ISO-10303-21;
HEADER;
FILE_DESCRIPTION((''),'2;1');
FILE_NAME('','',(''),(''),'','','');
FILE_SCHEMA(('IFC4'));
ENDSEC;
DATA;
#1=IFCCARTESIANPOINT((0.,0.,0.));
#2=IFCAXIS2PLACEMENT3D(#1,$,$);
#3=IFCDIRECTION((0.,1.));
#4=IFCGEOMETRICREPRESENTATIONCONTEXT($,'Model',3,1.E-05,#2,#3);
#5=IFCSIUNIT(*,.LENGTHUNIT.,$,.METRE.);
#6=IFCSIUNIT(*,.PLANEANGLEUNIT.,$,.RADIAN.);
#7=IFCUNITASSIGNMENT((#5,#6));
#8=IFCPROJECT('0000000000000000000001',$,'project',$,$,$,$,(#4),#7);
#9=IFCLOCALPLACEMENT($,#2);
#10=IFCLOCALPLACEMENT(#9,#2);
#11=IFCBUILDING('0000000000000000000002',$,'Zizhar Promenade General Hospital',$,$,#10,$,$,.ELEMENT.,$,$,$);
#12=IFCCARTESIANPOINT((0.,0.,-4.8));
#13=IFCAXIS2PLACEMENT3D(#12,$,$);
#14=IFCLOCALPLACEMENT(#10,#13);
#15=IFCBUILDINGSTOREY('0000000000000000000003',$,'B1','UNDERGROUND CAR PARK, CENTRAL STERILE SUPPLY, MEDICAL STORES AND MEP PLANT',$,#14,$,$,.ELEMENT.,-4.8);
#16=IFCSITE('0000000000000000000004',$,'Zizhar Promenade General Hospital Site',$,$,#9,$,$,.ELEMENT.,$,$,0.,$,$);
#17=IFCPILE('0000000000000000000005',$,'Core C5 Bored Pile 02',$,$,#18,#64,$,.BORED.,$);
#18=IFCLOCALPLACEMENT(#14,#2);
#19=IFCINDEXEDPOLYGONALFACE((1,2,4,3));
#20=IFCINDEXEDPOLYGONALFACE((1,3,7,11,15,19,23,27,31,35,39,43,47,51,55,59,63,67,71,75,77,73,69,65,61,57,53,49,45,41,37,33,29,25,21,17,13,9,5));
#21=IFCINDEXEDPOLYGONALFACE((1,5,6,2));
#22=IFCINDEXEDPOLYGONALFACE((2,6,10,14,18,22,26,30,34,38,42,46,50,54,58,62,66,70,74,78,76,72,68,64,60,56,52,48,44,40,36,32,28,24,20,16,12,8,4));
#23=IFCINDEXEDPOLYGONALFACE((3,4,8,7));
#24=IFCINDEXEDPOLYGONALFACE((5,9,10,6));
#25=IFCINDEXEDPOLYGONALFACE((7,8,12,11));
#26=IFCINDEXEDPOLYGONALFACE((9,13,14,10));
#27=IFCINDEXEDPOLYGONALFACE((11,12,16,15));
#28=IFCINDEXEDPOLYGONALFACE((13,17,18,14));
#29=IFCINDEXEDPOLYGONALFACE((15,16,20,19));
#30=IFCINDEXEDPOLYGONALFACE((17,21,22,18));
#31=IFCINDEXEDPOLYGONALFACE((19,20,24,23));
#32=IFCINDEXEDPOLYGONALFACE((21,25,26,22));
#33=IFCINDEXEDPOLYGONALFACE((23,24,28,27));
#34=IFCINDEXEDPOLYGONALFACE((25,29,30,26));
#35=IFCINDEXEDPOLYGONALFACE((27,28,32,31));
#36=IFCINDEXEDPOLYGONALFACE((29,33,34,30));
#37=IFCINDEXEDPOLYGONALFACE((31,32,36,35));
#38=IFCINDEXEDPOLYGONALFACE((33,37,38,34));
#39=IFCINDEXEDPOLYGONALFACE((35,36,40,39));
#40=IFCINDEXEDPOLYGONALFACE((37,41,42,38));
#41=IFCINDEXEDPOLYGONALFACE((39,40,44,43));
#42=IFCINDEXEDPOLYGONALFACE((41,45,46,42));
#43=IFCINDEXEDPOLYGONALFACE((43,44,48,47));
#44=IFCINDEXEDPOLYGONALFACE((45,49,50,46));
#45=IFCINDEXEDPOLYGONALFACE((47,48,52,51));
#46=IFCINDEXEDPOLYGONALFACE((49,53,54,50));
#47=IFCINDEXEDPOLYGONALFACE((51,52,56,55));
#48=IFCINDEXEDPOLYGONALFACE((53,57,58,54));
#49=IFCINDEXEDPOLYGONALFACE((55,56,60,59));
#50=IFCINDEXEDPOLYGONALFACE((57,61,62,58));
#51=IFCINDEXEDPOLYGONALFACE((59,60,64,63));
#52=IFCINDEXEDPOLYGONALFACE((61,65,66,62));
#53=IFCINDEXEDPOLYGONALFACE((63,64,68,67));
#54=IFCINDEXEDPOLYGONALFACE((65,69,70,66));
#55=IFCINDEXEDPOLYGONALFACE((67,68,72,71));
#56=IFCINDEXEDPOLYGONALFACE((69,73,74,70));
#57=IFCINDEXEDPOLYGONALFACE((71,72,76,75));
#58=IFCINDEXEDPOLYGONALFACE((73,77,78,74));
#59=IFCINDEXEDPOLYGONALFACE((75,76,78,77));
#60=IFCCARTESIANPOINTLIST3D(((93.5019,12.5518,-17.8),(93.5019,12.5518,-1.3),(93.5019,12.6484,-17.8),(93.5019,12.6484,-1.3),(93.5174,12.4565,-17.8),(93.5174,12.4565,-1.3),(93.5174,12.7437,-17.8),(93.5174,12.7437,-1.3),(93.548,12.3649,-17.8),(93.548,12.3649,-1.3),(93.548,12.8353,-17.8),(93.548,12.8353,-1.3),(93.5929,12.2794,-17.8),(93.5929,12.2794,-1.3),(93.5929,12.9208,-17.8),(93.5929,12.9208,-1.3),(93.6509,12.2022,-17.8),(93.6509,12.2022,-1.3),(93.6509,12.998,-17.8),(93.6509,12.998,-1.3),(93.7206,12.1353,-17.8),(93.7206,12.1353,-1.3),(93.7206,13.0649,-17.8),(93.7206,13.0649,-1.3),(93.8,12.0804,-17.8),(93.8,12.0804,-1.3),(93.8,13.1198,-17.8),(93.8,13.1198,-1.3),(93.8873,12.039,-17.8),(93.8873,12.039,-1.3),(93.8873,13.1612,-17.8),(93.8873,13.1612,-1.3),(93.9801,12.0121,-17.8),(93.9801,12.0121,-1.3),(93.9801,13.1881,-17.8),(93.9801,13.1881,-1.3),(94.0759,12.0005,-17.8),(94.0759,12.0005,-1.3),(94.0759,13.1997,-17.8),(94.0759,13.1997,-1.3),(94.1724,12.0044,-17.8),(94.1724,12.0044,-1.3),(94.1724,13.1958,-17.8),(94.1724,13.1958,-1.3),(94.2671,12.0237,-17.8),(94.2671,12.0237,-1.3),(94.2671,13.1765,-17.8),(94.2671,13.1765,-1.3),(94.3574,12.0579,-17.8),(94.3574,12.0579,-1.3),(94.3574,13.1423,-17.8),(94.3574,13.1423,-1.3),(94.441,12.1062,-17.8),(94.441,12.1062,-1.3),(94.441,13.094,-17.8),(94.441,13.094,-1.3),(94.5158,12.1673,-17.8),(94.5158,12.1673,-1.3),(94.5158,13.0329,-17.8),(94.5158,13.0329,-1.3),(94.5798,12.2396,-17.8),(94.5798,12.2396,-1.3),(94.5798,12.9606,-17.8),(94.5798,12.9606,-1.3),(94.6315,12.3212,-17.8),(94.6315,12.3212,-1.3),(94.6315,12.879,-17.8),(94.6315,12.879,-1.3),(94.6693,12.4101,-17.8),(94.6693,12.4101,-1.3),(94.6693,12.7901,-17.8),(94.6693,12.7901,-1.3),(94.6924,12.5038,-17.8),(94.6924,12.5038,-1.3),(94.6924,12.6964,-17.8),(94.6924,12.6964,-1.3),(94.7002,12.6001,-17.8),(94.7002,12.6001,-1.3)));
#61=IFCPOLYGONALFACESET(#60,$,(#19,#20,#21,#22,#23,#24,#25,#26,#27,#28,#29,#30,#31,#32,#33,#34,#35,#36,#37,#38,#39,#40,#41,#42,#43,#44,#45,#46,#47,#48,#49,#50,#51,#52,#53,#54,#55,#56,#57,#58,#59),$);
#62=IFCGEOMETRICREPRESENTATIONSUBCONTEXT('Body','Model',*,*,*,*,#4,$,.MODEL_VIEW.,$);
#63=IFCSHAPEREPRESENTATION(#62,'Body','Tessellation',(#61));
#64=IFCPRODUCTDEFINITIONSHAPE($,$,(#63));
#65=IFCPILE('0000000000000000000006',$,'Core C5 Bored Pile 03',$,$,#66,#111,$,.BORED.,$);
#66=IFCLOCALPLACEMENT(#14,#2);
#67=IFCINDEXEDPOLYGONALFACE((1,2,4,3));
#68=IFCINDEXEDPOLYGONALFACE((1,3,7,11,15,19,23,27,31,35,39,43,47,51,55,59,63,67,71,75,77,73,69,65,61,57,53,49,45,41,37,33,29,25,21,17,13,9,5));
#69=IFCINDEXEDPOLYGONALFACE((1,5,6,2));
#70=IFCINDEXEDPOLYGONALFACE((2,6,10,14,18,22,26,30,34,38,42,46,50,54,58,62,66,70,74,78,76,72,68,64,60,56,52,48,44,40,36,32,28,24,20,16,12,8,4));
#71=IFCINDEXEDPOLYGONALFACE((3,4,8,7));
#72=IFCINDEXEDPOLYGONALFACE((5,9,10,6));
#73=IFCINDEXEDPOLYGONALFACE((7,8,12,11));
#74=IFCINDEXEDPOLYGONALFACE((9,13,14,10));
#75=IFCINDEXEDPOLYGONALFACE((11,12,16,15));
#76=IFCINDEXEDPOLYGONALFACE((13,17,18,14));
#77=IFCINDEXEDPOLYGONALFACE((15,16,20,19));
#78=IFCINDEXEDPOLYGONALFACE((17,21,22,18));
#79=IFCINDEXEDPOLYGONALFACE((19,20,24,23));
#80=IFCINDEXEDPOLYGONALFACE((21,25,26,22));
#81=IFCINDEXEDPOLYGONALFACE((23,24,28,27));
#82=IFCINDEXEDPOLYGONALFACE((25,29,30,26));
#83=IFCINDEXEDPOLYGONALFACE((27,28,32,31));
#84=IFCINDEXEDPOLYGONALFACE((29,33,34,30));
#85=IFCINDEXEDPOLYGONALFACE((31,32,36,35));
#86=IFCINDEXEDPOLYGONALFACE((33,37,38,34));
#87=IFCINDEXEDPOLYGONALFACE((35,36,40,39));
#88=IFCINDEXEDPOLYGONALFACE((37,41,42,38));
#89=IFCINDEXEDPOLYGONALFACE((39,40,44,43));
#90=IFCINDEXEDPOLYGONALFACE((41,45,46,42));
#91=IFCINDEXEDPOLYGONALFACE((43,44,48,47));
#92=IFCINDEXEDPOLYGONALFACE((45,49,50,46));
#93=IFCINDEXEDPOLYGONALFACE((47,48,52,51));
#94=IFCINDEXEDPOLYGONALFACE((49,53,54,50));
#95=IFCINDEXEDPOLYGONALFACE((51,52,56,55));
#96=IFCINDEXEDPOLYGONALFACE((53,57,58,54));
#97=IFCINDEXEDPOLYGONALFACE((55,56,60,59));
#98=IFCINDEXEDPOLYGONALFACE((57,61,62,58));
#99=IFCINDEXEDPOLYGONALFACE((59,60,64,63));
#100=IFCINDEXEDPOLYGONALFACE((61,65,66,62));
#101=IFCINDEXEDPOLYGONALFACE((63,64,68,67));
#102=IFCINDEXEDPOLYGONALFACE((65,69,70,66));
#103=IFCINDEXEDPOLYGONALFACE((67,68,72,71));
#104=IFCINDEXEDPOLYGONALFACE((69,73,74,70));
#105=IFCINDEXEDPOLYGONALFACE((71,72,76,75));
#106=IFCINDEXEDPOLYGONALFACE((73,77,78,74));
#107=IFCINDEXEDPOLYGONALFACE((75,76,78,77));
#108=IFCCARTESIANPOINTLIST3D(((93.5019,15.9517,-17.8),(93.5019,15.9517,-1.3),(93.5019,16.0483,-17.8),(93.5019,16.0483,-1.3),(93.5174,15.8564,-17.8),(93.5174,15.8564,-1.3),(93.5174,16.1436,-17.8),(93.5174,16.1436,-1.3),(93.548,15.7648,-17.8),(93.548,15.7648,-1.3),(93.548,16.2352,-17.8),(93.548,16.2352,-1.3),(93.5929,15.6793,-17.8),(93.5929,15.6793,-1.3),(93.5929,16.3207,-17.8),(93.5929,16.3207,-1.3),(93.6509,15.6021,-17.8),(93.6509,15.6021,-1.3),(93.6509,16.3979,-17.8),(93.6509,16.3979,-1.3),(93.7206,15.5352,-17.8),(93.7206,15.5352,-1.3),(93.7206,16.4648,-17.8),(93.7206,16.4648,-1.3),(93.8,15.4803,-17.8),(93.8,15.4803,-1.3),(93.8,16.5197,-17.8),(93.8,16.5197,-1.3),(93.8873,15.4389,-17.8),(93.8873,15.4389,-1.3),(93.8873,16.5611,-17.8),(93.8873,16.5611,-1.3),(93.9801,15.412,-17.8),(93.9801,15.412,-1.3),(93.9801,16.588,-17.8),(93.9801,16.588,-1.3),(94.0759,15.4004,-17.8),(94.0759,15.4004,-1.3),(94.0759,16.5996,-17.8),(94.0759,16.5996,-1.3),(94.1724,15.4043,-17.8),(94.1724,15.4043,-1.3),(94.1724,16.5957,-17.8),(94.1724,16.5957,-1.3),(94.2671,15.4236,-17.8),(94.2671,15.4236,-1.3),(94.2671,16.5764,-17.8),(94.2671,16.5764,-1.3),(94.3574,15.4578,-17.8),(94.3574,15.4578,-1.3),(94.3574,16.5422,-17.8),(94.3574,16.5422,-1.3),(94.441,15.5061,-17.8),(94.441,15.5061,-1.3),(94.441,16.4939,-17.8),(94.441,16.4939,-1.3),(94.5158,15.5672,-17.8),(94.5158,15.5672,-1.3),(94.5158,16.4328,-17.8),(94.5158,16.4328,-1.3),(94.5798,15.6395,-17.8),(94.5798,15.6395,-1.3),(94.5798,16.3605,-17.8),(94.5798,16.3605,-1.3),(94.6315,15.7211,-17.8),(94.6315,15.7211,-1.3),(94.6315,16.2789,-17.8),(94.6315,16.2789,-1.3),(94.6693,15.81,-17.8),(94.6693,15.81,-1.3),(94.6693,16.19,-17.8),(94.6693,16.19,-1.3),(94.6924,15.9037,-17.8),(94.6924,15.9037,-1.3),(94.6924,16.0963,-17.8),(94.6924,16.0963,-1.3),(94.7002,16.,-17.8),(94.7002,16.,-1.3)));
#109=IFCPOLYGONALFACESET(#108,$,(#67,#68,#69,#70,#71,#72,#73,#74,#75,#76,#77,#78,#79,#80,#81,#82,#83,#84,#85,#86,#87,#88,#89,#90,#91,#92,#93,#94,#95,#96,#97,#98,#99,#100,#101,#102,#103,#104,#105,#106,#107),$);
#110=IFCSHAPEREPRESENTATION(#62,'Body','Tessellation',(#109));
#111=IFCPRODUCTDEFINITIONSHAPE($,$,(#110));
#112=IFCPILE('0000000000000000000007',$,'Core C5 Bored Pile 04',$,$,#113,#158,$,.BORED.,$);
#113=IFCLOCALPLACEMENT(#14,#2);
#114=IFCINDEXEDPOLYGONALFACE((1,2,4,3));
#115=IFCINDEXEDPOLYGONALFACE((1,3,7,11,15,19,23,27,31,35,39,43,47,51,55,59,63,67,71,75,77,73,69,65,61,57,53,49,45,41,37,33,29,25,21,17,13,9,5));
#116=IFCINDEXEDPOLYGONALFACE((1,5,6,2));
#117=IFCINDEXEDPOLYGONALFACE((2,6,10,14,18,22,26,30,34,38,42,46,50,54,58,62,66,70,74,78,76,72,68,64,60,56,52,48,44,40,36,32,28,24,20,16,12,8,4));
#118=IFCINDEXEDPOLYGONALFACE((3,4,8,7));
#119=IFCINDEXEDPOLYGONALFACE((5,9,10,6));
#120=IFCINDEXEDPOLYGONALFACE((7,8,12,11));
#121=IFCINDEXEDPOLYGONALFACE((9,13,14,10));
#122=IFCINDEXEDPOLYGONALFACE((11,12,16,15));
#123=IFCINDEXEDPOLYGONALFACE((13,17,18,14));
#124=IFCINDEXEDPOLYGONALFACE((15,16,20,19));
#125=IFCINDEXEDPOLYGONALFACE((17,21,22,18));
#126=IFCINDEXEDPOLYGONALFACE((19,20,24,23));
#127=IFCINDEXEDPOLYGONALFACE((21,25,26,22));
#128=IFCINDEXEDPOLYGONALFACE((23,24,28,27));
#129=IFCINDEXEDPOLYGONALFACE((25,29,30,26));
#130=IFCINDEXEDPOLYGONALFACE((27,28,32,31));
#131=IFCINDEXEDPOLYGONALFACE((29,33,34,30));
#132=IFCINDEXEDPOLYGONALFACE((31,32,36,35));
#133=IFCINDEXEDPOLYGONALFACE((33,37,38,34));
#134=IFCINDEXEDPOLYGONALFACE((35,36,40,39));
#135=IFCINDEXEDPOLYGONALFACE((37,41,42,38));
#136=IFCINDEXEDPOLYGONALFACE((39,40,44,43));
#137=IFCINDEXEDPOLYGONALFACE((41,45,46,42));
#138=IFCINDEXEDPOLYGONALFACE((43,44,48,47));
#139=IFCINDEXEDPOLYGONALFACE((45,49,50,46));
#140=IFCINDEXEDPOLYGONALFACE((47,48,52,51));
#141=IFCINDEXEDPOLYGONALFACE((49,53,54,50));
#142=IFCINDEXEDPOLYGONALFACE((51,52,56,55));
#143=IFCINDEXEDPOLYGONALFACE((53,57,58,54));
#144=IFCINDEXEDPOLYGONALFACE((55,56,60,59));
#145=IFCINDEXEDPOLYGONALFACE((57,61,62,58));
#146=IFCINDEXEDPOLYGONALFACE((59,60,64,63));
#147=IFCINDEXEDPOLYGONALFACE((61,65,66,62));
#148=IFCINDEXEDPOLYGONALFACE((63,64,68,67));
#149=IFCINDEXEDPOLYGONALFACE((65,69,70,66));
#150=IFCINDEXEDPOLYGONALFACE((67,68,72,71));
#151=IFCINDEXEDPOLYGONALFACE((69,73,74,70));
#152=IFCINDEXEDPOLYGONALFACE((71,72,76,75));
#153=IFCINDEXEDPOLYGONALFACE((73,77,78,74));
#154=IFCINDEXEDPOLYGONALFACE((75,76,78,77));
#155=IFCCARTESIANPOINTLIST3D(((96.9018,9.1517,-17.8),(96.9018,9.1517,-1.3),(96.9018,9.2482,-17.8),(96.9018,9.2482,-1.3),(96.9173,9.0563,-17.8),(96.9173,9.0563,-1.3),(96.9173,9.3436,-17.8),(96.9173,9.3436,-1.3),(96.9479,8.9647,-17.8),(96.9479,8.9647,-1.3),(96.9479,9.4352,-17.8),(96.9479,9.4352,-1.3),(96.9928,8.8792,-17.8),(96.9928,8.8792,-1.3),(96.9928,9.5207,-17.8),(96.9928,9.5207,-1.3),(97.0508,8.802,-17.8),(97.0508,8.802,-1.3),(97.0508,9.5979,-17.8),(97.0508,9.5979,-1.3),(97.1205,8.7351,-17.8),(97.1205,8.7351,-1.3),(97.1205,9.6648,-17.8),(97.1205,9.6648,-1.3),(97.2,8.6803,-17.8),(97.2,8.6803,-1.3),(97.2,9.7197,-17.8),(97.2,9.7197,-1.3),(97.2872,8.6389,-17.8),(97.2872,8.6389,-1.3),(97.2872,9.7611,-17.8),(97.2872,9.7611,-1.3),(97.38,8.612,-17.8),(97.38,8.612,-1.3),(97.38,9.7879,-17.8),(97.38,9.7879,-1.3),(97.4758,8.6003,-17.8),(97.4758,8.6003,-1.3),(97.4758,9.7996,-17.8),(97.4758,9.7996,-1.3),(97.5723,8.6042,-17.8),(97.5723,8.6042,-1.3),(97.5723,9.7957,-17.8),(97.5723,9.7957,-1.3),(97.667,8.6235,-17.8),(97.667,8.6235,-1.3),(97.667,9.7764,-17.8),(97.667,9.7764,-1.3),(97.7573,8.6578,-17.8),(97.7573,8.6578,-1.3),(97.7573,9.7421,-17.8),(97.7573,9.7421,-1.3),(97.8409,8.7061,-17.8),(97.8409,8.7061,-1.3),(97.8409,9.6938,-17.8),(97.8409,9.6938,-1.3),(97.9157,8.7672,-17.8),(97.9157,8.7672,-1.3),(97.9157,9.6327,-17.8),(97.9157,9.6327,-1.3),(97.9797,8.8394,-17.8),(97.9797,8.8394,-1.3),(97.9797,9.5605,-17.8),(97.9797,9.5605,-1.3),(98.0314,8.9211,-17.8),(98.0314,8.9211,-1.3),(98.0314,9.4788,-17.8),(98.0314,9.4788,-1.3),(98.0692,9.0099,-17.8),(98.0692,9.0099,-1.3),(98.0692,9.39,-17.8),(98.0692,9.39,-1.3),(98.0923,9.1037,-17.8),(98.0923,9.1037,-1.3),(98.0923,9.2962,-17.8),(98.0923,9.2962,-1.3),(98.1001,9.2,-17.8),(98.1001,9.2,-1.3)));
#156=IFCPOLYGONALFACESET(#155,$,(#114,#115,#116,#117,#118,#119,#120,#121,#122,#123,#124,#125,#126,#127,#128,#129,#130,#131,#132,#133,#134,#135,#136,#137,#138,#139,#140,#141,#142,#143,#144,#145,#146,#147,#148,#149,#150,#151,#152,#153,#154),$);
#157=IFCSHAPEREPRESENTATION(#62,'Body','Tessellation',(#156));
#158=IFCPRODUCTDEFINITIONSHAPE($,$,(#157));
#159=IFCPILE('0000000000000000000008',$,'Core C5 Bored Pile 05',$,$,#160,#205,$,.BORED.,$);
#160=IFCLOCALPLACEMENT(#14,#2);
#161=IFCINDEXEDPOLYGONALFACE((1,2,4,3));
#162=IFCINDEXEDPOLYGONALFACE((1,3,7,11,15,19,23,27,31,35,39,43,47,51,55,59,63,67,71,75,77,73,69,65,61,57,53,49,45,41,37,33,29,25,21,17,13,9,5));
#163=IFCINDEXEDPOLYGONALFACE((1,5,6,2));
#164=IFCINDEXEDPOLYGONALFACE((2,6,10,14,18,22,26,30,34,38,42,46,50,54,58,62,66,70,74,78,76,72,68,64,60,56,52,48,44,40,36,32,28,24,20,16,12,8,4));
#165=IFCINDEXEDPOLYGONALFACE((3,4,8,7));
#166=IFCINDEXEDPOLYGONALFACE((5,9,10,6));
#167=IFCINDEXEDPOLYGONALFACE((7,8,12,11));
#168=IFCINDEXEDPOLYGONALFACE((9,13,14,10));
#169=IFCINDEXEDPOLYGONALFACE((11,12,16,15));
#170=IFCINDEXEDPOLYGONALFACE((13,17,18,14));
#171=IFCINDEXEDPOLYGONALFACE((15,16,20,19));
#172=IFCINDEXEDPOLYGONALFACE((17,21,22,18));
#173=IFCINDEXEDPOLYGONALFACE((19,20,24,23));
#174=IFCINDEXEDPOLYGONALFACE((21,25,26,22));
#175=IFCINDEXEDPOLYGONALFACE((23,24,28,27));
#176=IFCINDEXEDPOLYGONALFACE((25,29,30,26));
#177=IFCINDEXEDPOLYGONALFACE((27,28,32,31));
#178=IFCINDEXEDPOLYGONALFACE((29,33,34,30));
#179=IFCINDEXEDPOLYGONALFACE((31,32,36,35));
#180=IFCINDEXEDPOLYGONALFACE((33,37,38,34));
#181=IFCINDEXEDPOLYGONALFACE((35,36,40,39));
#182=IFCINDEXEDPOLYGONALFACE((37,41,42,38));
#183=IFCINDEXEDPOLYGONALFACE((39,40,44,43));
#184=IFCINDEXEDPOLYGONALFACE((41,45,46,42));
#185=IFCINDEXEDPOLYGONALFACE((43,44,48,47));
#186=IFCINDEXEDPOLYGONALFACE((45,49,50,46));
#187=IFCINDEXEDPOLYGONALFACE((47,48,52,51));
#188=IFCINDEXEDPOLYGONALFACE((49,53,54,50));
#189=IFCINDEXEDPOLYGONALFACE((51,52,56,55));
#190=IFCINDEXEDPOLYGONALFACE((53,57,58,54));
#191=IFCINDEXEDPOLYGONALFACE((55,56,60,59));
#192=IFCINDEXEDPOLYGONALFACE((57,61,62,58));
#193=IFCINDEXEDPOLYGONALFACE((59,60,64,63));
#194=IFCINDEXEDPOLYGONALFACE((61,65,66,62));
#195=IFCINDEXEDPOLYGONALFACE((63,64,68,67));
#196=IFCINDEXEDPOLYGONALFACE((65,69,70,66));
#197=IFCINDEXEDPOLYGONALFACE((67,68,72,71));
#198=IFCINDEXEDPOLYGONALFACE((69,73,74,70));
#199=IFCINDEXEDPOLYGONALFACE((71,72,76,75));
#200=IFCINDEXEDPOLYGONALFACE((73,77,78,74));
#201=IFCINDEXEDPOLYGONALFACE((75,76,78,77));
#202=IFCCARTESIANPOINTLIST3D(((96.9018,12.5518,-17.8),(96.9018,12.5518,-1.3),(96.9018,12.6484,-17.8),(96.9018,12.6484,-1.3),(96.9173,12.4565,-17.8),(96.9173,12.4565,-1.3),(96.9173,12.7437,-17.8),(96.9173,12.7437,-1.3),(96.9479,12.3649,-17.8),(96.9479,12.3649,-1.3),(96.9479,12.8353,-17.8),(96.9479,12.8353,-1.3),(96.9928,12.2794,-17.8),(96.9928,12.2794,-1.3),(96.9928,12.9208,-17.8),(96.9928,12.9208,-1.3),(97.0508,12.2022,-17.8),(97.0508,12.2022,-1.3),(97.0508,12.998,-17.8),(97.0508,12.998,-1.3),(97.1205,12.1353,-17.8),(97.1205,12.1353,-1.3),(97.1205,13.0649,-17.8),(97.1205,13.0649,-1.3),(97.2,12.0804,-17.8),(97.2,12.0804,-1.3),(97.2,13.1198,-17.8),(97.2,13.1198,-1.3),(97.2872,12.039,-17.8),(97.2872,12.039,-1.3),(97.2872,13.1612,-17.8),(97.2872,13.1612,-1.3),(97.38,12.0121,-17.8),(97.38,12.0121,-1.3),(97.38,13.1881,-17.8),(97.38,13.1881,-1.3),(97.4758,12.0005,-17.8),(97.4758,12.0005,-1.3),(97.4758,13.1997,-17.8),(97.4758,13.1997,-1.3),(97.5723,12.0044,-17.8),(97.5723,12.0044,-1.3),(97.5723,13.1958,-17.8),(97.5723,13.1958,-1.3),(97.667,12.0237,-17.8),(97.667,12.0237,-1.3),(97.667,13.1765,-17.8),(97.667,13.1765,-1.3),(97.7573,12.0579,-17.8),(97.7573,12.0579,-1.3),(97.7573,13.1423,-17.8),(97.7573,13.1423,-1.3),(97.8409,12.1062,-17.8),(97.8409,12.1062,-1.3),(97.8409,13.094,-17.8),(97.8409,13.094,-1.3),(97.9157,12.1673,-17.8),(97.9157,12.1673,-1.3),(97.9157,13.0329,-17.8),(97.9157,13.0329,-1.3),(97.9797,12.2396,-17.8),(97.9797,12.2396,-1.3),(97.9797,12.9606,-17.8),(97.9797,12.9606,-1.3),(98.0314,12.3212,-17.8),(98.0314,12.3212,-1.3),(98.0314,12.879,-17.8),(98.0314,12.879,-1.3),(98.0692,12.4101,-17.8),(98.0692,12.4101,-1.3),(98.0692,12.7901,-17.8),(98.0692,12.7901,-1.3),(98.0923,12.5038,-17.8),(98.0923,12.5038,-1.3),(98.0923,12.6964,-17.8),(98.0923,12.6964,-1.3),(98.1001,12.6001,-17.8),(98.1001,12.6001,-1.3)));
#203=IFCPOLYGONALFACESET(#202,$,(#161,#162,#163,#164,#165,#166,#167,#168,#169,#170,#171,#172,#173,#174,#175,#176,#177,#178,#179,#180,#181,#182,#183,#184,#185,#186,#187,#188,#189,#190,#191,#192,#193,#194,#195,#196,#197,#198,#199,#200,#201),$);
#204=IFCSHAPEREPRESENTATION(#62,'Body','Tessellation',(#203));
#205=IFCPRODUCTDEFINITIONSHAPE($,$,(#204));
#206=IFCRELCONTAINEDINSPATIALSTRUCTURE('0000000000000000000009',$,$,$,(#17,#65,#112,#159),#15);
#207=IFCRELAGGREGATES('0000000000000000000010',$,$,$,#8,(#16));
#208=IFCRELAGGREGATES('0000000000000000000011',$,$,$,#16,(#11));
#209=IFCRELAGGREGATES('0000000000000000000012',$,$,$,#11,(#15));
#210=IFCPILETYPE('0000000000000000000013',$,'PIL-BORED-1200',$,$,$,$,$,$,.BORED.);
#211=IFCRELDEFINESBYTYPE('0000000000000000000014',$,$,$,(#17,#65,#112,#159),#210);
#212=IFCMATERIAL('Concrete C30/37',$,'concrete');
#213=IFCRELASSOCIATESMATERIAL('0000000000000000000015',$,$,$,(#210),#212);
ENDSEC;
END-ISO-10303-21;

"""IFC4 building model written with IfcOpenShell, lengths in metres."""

from ifc_helpers import new_model, si_unit, direction, frame, origin, origin_2d, place, context, subcontext, project, spatial, circle, extrude, material, material_profile, profile_set, type_object, element, save


model = new_model("IFC4")

# Units and contexts
model_context = context("Model", 3, precision=1e-05, world=origin(), true_north=direction((0.0, 1.0)))
body_context = subcontext(model_context, "Body", "Model", "MODEL_VIEW")
ifc_project = project(units=[si_unit("LENGTHUNIT", "METRE"), si_unit("PLANEANGLEUNIT", "RADIAN")], contexts=[model_context])

# Site, building, storey
site_placement = place(None, origin())
site = spatial("IfcSite", under=ifc_project, at=site_placement, Name="Zizhar Promenade General Hospital Site", CompositionType="ELEMENT", RefElevation=0.0)
building_placement = place(site_placement, origin())
building = spatial("IfcBuilding", under=site, at=building_placement, Name="Zizhar Promenade General Hospital", CompositionType="ELEMENT")
storey_placement = place(building_placement, frame((0.0, 0.0, -4.8)))
storey = spatial("IfcBuildingStorey", under=building, at=storey_placement, Name="B1", Description="UNDERGROUND CAR PARK, CENTRAL STERILE SUPPLY, MEDICAL STORES AND MEP PLANT", CompositionType="ELEMENT", Elevation=-4.8)

# Piles
ifc_material_1 = material(Name="Concrete C30/37", Category="concrete")
ifc_material_profile_1 = material_profile(ifc_material_1, circle(Radius=0.6001, at=origin_2d()))
ifc_profile_set_1 = profile_set([ifc_material_profile_1], Name="Concrete C30/37")
pile_type_1 = type_object("IfcPileType", Name="PIL-BORED-1200", PredefinedType="BORED", material=ifc_profile_set_1)
for number, where, z_axis, x_axis, name in (
    (1, (94.1001, 12.6001, -1.3), (0.0, 0.0, -1.0), (1.0, 0.0, 0.0), "Core C5 Bored Pile 02"),
    (2, (94.1001, 16.0, -1.3), (0.0, 0.0, -1.0), (1.0, 0.0, 0.0), "Core C5 Bored Pile 03"),
    (3, (97.5, 9.2, -1.3), (0.0, 0.0, -1.0), (1.0, 0.0, 0.0), "Core C5 Bored Pile 04"),
    (4, (97.5, 12.6001, -1.3), (0.0, 0.0, -1.0), (1.0, 0.0, 0.0), "Core C5 Bored Pile 05"),
):
    element("IfcPile", number, at=place(storey_placement, frame(where, z_axis=z_axis, x_axis=x_axis)), inside=storey, type_object=pile_type_1, Name=name, PredefinedType="BORED", context=body_context, shape_type="SweptSolid", body=[
        extrude(circle(Radius=0.6001, at=origin_2d()), origin(), (0.0, 0.0, 1.0), 16.5),
    ])

save(model, "model.ifc")
